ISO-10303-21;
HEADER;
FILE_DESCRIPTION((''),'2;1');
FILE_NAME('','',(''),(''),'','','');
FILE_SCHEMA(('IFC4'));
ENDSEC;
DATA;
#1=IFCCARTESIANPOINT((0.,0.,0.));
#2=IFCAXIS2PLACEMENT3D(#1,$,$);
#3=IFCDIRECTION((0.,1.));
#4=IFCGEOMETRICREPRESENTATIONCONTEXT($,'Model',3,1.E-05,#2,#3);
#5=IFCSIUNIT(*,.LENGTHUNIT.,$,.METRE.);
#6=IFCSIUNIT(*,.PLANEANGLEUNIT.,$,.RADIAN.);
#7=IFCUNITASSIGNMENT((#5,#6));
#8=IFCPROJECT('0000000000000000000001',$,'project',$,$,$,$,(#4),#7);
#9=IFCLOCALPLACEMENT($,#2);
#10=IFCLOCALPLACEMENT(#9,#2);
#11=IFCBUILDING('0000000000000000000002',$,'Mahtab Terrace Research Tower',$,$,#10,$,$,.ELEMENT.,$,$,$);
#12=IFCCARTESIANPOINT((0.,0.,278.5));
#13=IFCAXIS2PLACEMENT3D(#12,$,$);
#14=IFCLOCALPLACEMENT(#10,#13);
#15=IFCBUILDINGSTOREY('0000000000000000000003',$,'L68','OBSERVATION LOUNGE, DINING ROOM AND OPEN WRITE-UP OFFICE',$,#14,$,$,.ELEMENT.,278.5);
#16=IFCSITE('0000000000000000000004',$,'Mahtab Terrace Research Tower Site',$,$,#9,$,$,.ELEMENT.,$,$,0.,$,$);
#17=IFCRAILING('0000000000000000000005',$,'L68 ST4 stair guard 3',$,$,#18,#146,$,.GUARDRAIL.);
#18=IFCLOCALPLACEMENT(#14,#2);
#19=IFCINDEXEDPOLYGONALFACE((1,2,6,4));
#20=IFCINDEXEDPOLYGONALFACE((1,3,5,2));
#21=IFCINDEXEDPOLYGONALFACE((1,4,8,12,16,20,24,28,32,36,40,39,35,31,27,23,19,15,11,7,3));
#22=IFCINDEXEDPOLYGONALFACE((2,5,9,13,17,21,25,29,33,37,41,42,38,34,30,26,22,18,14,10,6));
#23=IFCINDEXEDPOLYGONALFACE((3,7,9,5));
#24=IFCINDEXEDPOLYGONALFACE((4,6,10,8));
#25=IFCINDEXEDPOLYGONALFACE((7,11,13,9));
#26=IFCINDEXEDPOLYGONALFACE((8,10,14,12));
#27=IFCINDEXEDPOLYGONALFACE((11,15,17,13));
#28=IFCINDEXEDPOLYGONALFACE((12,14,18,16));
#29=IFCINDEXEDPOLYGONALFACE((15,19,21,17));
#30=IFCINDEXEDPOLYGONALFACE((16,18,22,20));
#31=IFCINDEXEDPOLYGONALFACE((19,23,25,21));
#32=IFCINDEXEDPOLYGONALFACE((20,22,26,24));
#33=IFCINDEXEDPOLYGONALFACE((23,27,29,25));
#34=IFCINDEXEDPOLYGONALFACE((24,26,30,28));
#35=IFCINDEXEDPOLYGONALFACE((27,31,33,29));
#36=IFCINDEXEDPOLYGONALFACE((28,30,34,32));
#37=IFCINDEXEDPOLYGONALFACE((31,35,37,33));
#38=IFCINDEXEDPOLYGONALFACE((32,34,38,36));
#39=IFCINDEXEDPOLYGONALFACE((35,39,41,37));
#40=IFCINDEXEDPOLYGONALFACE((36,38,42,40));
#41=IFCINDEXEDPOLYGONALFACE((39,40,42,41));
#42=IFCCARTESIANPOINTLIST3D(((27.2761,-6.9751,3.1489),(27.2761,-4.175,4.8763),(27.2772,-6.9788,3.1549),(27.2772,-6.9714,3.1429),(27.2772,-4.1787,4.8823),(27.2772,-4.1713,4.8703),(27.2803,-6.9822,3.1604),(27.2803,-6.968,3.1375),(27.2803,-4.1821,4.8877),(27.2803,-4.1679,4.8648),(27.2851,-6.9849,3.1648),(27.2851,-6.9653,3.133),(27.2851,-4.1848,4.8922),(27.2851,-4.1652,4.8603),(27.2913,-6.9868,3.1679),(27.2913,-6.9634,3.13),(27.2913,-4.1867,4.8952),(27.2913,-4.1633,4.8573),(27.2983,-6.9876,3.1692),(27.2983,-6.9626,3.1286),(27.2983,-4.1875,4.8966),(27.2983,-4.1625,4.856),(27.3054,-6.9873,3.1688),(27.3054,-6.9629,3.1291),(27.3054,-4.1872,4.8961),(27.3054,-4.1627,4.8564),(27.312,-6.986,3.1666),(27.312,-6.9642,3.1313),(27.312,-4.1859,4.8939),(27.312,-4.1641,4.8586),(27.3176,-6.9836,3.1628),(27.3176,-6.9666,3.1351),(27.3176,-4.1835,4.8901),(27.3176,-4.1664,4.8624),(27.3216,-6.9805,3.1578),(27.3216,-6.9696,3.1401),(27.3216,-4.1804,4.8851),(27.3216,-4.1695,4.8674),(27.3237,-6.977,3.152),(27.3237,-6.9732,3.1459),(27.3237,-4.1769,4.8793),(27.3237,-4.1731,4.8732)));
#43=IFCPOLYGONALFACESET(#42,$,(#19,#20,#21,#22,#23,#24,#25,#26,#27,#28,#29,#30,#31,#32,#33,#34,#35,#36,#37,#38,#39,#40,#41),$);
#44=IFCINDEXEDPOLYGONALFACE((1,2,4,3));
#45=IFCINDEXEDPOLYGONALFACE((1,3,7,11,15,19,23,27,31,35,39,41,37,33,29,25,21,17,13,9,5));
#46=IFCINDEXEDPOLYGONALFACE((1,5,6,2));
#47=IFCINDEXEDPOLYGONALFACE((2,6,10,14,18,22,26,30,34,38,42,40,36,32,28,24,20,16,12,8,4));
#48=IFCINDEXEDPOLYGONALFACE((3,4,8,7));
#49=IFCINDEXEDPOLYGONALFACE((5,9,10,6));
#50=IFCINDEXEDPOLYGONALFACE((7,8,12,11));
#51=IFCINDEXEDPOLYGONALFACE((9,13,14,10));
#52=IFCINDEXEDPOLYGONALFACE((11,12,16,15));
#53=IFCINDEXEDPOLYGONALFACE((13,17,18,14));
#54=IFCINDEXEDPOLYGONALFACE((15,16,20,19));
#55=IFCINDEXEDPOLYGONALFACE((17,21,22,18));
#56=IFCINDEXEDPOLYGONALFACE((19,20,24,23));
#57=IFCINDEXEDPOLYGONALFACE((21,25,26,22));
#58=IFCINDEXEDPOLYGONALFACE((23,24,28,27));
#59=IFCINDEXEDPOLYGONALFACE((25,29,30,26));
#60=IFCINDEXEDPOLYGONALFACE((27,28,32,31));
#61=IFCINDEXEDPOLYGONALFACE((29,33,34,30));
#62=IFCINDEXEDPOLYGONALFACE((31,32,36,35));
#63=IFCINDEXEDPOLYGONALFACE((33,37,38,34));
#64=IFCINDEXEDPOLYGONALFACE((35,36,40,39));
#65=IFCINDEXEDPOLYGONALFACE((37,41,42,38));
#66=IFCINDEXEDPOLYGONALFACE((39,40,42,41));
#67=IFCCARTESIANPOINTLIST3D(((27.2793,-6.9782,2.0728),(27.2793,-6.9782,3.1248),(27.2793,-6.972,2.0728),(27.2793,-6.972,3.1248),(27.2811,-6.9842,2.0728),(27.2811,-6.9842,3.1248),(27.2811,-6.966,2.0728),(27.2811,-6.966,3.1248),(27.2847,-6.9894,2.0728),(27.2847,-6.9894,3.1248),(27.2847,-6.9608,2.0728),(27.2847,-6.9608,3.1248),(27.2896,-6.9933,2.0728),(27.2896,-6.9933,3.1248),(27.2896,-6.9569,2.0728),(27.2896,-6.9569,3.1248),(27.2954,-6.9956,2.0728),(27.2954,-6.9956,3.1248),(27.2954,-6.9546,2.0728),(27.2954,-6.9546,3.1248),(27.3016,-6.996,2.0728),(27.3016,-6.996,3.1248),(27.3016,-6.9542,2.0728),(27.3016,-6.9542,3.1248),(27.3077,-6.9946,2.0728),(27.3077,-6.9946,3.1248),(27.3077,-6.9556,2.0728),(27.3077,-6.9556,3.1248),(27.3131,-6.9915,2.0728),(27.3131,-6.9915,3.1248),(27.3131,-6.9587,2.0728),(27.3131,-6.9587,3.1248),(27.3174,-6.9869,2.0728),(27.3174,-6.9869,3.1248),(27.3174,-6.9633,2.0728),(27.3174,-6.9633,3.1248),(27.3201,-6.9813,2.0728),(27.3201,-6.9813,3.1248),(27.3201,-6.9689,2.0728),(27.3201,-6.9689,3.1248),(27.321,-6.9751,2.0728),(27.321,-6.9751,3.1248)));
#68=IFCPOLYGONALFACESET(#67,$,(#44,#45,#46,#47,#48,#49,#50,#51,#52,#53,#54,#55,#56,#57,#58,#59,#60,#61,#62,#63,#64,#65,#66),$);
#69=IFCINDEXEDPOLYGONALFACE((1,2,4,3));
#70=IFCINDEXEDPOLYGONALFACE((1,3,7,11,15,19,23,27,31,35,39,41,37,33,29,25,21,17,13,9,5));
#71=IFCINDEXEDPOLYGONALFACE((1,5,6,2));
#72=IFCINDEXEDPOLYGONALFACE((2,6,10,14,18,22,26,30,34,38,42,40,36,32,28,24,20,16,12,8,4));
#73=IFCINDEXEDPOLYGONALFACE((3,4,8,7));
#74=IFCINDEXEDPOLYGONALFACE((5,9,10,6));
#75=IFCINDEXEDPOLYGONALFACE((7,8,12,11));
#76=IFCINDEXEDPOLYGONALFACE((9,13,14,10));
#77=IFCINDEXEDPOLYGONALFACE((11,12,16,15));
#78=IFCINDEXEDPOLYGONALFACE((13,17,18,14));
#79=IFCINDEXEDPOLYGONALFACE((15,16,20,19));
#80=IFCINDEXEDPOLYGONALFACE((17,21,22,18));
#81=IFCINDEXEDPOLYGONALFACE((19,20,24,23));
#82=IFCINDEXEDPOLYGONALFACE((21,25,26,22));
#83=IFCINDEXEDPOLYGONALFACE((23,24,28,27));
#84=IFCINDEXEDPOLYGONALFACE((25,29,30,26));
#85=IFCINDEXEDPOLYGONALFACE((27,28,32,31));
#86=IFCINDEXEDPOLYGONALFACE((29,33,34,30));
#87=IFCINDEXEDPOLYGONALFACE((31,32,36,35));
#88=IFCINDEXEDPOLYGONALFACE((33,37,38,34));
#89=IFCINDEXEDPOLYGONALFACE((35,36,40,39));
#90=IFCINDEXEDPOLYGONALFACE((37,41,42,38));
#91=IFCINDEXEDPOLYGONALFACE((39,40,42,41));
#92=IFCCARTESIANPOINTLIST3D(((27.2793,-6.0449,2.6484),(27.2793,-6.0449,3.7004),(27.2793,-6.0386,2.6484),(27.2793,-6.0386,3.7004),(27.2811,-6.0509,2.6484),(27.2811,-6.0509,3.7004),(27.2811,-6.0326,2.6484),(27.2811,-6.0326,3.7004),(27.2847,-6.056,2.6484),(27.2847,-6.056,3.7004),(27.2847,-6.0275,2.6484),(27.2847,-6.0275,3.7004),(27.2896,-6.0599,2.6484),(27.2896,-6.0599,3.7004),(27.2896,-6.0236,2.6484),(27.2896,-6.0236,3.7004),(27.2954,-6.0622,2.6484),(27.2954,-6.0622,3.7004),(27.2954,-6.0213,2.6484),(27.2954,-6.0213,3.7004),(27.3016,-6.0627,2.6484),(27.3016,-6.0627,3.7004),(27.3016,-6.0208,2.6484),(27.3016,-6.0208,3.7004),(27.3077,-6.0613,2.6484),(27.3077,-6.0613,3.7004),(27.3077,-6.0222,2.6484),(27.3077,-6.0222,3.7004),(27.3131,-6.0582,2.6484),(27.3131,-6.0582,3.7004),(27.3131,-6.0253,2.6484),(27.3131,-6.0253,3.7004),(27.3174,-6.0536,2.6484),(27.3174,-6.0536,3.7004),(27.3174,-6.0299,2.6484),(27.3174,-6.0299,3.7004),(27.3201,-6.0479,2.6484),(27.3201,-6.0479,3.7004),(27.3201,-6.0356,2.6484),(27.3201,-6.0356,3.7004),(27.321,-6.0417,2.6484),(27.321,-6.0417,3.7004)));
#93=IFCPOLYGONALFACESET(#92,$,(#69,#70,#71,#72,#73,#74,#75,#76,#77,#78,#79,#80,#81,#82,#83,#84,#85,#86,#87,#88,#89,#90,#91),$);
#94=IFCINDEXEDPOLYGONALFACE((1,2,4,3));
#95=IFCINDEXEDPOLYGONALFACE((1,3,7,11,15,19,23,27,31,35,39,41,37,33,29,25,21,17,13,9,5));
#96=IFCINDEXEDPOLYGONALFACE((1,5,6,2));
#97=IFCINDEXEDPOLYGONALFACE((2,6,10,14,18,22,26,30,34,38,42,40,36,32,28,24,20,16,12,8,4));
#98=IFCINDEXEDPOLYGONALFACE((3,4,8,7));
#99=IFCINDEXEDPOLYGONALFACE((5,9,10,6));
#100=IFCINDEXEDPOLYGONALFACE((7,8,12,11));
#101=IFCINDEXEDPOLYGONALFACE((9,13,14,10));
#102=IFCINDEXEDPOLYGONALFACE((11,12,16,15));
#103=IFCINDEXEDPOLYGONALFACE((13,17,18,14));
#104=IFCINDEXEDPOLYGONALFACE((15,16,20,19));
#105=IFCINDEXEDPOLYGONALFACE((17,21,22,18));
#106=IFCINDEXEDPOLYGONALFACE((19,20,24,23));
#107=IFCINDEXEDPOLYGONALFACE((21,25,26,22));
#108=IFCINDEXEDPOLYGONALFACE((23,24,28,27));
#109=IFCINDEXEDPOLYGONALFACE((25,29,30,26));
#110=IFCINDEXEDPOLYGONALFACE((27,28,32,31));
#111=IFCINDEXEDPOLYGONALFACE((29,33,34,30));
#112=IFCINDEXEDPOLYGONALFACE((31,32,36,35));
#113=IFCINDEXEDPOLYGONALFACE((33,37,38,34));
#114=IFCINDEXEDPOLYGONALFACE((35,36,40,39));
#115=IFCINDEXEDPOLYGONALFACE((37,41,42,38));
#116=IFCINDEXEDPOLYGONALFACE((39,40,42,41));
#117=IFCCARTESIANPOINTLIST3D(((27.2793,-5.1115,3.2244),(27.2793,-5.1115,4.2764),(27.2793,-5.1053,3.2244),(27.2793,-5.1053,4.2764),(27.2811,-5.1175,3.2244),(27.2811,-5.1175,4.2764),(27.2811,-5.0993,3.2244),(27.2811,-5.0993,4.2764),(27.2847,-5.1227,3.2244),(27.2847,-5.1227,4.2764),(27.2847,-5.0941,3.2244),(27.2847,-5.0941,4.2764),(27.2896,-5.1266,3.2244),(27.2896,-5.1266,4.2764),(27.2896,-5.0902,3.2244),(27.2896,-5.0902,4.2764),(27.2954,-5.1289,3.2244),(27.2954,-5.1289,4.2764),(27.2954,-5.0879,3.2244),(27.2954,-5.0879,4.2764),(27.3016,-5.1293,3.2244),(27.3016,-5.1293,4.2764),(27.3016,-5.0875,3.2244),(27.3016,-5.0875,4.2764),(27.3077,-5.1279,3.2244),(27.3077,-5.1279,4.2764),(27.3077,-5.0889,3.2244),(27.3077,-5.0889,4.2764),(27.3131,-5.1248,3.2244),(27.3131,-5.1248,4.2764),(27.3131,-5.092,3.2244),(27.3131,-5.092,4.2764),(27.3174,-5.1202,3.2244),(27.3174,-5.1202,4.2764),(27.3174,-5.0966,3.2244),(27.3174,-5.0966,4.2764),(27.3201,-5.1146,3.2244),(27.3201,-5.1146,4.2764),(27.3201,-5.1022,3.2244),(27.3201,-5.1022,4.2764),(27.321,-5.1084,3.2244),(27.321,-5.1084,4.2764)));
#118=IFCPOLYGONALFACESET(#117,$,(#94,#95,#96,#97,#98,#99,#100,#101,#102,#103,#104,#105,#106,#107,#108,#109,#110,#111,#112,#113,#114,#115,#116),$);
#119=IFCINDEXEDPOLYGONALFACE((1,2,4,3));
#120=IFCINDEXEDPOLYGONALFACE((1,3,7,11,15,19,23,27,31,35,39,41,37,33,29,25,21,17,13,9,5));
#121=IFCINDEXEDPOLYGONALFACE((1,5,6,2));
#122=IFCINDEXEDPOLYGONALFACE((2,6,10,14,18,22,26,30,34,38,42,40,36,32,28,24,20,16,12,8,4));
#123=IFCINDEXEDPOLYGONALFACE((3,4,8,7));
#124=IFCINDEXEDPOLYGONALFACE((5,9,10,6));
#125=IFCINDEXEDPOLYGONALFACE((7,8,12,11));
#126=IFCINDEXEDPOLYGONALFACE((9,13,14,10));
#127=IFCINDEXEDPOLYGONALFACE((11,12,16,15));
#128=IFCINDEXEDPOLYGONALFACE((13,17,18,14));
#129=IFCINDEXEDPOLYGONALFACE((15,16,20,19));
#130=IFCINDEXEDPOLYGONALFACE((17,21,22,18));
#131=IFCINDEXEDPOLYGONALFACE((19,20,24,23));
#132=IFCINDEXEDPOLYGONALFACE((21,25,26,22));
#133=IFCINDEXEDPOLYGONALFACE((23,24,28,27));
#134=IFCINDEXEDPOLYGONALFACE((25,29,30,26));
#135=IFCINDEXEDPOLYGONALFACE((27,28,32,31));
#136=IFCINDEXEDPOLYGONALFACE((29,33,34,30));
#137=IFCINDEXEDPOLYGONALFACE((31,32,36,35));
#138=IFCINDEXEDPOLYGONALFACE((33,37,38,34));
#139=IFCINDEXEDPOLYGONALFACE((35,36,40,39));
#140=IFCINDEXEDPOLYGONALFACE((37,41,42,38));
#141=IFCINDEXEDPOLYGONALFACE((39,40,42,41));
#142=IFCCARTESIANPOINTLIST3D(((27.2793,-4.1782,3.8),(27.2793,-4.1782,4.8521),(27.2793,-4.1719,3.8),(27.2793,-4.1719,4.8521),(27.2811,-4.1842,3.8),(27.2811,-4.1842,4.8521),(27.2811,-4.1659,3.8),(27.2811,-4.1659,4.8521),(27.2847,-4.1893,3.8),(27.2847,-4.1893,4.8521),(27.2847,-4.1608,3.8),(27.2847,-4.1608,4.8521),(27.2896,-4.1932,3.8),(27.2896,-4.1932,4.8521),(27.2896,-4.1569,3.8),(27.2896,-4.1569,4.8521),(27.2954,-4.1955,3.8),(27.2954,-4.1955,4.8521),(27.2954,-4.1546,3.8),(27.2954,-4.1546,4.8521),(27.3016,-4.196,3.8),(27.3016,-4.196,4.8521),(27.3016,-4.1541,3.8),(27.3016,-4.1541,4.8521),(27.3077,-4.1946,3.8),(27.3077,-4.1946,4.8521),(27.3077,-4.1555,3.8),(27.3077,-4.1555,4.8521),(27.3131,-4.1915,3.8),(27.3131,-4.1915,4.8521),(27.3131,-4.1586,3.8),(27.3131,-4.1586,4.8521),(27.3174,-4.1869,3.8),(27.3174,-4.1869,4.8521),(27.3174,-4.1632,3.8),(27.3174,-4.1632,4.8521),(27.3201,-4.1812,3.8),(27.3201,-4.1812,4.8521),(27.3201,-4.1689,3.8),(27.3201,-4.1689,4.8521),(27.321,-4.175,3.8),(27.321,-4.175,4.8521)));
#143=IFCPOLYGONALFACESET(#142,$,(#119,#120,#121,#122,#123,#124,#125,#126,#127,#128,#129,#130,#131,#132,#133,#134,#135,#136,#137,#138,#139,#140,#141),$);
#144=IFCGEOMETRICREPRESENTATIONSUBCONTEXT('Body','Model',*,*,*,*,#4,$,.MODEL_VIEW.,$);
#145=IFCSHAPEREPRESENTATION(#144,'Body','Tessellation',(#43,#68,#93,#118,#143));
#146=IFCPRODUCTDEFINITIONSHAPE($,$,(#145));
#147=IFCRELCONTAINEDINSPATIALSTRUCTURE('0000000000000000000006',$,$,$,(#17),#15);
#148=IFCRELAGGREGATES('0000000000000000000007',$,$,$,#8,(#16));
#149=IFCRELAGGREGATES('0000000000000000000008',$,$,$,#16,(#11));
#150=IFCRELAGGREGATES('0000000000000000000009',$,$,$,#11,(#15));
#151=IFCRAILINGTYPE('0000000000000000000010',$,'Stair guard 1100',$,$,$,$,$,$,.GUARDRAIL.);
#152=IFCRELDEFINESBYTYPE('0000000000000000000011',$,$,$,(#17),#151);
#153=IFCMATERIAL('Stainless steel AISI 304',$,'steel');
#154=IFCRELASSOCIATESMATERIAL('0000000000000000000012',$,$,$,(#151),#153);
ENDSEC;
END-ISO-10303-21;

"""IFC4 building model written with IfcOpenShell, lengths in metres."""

from ifc_helpers import new_model, si_unit, direction, frame, origin, origin_2d, place, context, subcontext, project, spatial, circle, extrude, material, type_object, element, save


model = new_model("IFC4")

# Units and contexts
model_context = context("Model", 3, precision=1e-05, world=origin(), true_north=direction((0.0, 1.0)))
body_context = subcontext(model_context, "Body", "Model", "MODEL_VIEW")
ifc_project = project(units=[si_unit("LENGTHUNIT", "METRE"), si_unit("PLANEANGLEUNIT", "RADIAN")], contexts=[model_context])

# Site, building, storey
site_placement = place(None, origin())
site = spatial("IfcSite", under=ifc_project, at=site_placement, Name="Mahtab Terrace Research Tower Site", CompositionType="ELEMENT", RefElevation=0.0)
building_placement = place(site_placement, origin())
building = spatial("IfcBuilding", under=site, at=building_placement, Name="Mahtab Terrace Research Tower", CompositionType="ELEMENT")
storey_placement = place(building_placement, frame((0.0, 0.0, 278.5)))
storey = spatial("IfcBuildingStorey", under=building, at=storey_placement, Name="L68", Description="OBSERVATION LOUNGE, DINING ROOM AND OPEN WRITE-UP OFFICE", CompositionType="ELEMENT", Elevation=278.5)

# Railing
ifc_material_1 = material(Name="Stainless steel AISI 304", Category="steel")
railing_type_1 = type_object("IfcRailingType", Name="Stair guard 1100", PredefinedType="GUARDRAIL", material=ifc_material_1)
railing_1_placement = place(storey_placement, frame((27.3, -6.9751, 2.0728)))
element("IfcRailing", 1, at=railing_1_placement, inside=storey, type_object=railing_type_1, Name="L68 ST4 stair guard 3", PredefinedType="GUARDRAIL", context=body_context, shape_type="SweptSolid", body=[
    extrude(circle(Radius=0.0239, at=origin_2d()), frame((0.0, 0.0, 1.0762), z_axis=(0.0, 0.85109, 0.52502), x_axis=(-1.0, 0.0, 0.0)), (0.0, 0.0, 1.0), 3.29),
    extrude(circle(Radius=0.021, at=origin_2d()), origin(), (0.0, 0.0, 1.0), 1.052),
    extrude(circle(Radius=0.021, at=origin_2d()), frame((0.0, 0.9333, 0.5757)), (0.0, 0.0, 1.0), 1.052),
    extrude(circle(Radius=0.021, at=origin_2d()), frame((0.0, 1.8667, 1.1516)), (0.0, 0.0, 1.0), 1.052),
    extrude(circle(Radius=0.021, at=origin_2d()), frame((0.0, 2.8, 1.7273)), (0.0, 0.0, 1.0), 1.052),
])

save(model, "model.ifc")
